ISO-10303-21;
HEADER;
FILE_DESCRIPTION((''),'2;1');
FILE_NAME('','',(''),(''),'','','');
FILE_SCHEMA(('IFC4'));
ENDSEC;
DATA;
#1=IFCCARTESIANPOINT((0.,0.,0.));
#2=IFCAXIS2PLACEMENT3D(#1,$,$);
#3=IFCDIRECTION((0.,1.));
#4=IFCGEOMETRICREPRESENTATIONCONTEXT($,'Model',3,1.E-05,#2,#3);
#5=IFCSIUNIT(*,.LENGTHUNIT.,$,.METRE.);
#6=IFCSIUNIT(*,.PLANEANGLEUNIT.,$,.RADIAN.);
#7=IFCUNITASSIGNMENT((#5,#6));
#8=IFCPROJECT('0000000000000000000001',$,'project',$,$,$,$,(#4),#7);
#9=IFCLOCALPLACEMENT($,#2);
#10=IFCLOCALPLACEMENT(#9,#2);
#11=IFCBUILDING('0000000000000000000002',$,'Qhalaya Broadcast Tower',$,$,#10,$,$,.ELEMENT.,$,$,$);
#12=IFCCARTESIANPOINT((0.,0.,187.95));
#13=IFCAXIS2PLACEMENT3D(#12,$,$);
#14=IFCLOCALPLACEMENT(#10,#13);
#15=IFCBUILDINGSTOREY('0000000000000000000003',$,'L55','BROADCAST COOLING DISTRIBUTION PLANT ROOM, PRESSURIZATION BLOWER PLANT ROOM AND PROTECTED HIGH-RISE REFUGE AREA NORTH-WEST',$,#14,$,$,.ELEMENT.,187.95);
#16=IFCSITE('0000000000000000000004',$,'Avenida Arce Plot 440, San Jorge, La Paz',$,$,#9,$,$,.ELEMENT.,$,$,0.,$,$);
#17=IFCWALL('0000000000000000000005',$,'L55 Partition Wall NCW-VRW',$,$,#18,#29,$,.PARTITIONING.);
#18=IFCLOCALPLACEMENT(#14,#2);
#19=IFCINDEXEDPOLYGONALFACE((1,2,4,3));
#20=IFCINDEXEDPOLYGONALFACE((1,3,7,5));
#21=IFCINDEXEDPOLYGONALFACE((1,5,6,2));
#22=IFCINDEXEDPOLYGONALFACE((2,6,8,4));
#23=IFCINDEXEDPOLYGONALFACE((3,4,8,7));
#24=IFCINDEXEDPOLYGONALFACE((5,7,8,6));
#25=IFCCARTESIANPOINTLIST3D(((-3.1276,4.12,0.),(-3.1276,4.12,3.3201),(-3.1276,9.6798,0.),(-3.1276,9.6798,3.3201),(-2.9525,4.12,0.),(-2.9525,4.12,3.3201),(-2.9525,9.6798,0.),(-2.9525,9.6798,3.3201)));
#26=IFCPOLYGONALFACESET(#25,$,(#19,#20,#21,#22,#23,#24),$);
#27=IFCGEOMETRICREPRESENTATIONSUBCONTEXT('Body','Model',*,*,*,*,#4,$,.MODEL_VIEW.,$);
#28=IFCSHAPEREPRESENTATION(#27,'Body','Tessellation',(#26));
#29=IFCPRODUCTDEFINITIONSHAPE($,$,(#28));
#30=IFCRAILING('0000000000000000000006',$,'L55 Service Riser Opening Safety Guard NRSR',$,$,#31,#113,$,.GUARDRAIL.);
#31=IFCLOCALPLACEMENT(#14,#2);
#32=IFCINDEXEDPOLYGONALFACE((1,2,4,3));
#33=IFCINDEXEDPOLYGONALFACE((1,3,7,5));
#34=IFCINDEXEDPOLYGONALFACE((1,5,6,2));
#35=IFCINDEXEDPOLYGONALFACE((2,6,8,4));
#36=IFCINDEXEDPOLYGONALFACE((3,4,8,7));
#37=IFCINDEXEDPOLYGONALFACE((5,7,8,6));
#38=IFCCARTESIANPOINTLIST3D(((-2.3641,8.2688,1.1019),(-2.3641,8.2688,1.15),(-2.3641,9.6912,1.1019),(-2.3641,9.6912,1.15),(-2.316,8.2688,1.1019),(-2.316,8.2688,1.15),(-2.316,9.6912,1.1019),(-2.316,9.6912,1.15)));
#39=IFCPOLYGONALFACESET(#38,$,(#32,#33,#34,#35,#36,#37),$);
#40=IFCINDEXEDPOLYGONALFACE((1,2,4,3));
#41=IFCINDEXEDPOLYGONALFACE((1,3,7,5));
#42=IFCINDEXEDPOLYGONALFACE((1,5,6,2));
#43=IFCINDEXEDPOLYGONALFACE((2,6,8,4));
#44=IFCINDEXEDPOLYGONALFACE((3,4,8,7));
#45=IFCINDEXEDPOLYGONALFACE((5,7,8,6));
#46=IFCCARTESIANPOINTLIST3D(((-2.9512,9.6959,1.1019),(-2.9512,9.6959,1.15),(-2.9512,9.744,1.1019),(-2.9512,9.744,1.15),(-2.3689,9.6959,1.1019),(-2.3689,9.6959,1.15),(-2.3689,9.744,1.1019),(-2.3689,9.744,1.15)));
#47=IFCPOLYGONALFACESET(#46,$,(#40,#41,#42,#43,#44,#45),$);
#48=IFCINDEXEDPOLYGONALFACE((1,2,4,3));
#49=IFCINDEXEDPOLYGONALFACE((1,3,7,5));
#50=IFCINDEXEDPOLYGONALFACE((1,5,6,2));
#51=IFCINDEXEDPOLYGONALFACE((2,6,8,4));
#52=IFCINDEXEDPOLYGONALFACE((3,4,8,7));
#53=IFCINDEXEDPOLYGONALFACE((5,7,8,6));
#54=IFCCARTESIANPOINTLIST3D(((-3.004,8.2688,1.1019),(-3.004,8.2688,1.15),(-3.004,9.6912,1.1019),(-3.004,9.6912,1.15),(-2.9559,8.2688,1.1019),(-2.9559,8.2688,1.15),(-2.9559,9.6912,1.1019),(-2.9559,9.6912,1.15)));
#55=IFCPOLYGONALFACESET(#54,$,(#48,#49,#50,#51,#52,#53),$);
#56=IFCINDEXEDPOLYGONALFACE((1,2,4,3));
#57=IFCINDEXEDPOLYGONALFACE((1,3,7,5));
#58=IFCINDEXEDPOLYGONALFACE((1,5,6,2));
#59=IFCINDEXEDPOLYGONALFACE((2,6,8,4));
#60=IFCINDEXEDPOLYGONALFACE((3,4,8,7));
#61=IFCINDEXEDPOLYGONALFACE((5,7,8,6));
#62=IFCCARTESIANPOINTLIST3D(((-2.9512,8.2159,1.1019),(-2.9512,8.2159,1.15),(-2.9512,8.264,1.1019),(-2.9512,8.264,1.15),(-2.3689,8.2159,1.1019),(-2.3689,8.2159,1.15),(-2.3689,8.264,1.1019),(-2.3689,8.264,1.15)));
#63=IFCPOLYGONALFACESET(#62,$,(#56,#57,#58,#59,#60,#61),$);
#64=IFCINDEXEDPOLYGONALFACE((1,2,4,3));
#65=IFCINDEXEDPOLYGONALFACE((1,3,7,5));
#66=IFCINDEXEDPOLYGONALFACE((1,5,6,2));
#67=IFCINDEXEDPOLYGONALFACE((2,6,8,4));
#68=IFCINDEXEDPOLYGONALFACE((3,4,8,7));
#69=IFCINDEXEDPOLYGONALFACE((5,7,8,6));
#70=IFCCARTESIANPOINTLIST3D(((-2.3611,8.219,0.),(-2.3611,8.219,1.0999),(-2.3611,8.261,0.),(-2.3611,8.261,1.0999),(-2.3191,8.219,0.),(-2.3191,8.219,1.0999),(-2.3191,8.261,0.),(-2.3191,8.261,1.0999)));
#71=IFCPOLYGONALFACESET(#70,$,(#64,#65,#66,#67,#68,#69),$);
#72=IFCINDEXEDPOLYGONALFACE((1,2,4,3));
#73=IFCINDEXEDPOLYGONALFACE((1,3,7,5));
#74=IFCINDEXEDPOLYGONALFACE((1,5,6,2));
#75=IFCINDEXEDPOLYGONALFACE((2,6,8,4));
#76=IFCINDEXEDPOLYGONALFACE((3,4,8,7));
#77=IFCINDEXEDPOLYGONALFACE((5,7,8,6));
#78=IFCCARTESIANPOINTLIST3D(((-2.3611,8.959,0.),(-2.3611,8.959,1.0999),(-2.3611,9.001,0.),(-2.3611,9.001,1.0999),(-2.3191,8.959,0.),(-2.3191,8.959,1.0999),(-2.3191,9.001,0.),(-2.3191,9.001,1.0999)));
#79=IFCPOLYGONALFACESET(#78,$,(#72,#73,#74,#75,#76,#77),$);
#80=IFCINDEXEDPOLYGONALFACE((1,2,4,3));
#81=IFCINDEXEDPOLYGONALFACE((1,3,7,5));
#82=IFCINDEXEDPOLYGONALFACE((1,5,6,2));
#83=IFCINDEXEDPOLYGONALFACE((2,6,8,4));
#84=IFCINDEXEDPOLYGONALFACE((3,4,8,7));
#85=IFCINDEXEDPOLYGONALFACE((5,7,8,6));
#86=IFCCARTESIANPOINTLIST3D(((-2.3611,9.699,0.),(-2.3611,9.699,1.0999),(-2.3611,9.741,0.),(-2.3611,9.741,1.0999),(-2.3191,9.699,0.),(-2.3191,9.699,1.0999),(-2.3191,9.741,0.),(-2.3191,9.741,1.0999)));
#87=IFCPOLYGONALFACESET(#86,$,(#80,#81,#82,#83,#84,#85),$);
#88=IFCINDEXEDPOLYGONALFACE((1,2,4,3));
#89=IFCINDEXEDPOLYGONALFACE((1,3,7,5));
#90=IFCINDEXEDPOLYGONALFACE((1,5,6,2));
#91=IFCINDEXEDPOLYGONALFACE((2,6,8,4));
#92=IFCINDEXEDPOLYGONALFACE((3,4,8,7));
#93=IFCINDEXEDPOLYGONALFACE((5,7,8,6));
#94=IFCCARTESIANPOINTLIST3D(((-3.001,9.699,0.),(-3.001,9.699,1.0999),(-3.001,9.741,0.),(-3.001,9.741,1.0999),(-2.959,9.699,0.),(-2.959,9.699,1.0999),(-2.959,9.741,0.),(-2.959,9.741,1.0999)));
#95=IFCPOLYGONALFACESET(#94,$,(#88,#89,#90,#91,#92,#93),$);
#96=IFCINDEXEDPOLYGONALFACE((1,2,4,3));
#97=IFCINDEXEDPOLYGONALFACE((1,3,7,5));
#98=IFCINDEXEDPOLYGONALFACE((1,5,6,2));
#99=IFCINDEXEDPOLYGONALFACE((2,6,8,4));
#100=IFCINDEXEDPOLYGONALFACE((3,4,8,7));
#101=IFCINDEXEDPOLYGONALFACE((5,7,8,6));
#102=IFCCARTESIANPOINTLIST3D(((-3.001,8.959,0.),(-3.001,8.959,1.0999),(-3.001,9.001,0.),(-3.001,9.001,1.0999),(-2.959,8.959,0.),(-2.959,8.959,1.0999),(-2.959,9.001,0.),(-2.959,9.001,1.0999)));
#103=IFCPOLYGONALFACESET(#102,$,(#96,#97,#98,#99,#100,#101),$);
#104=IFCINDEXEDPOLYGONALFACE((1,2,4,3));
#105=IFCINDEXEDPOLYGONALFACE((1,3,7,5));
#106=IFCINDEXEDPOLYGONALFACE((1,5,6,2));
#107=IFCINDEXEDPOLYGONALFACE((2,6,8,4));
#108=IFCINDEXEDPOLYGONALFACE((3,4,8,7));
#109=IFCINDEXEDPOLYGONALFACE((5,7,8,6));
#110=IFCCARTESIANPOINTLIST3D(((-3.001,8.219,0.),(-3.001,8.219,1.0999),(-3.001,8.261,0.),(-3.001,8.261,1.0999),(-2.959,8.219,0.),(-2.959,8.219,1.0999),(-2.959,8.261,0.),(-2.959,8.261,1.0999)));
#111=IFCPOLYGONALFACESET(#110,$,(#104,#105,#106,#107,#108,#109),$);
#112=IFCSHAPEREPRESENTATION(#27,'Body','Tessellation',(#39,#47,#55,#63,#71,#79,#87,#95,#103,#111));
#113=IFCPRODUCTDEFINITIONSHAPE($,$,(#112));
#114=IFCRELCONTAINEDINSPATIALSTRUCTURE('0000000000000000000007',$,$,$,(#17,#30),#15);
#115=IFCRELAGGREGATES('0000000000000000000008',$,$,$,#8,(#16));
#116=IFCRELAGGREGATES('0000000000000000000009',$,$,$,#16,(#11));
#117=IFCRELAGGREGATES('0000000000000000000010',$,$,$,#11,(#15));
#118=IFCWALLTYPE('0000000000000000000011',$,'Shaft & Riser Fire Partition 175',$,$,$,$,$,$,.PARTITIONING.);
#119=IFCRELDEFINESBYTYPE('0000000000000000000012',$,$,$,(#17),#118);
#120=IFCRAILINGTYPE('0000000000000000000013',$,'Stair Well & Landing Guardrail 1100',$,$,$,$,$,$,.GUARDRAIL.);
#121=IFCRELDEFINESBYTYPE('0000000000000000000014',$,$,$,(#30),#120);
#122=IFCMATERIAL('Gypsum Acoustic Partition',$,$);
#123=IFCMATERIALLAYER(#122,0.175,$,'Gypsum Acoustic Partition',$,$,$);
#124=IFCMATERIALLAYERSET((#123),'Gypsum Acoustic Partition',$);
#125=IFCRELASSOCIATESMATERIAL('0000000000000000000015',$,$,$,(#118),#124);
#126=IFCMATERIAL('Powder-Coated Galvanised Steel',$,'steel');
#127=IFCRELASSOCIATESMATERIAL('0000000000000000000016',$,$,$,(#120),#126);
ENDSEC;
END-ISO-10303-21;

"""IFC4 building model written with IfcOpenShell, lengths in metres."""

from ifc_helpers import new_model, si_unit, direction, frame, frame_2d, origin, origin_2d, place, context, subcontext, project, spatial, rectangle, extrude, material, layer, layer_set, type_object, element, save


model = new_model("IFC4")

# Units and contexts
model_context = context("Model", 3, precision=1e-05, world=origin(), true_north=direction((0.0, 1.0)))
body_context = subcontext(model_context, "Body", "Model", "MODEL_VIEW")
ifc_project = project(units=[si_unit("LENGTHUNIT", "METRE"), si_unit("PLANEANGLEUNIT", "RADIAN")], contexts=[model_context])

# Site, building, storey
site_placement = place(None, origin())
site = spatial("IfcSite", under=ifc_project, at=site_placement, Name="Avenida Arce Plot 440, San Jorge, La Paz", CompositionType="ELEMENT", RefElevation=0.0)
building_placement = place(site_placement, origin())
building = spatial("IfcBuilding", under=site, at=building_placement, Name="Qhalaya Broadcast Tower", CompositionType="ELEMENT")
storey_placement = place(building_placement, frame((0.0, 0.0, 187.95)))
storey = spatial("IfcBuildingStorey", under=building, at=storey_placement, Name="L55", Description="BROADCAST COOLING DISTRIBUTION PLANT ROOM, PRESSURIZATION BLOWER PLANT ROOM AND PROTECTED HIGH-RISE REFUGE AREA NORTH-WEST", CompositionType="ELEMENT", Elevation=187.95)

# Shared definitions
ifc_material_1 = material(Name="Gypsum Acoustic Partition")

# Wall
ifc_layer_1 = layer(ifc_material_1, 0.175, Name="Gypsum Acoustic Partition")
ifc_layer_set_1 = layer_set([ifc_layer_1], Name="Gypsum Acoustic Partition")
wall_type_1 = type_object("IfcWallType", Name="Shaft & Riser Fire Partition 175", PredefinedType="PARTITIONING", material=ifc_layer_set_1)
wall_1_placement = place(storey_placement, frame((-3.04, 4.1201, 0.0), z_axis=(0.0, 0.0, 1.0), x_axis=(0.0, 1.0, 0.0)))
element("IfcWall", 1, at=wall_1_placement, inside=storey, type_object=wall_type_1, Name="L55 Partition Wall NCW-VRW", PredefinedType="PARTITIONING", context=body_context, shape_type="SweptSolid", body=[
    extrude(rectangle(XDim=5.5598, YDim=0.175, at=frame_2d((2.7798, 0.0))), origin(), (0.0, 0.0, 1.0), 3.3201),
])

# Railing
ifc_material_2 = material(Name="Powder-Coated Galvanised Steel", Category="steel")
railing_type = type_object("IfcRailingType", Name="Stair Well & Landing Guardrail 1100", PredefinedType="GUARDRAIL", material=ifc_material_2)
railing_placement = place(storey_placement, frame((-2.3401, 8.24, 0.0)))
element("IfcRailing", 2, at=railing_placement, inside=storey, type_object=railing_type, Name="L55 Service Riser Opening Safety Guard NRSR", PredefinedType="GUARDRAIL", context=body_context, shape_type="SweptSolid", body=[
    extrude(rectangle(XDim=0.0481, YDim=0.0481, at=origin_2d()), frame((0.0, 0.0288, 1.126), z_axis=(0.0, 1.0, 0.0), x_axis=(-1.0, 0.0, 0.0)), (0.0, 0.0, 1.0), 1.4224),
    extrude(rectangle(XDim=0.0481, YDim=0.0481, at=origin_2d()), frame((-0.0288, 1.48, 1.126), z_axis=(-1.0, 0.0, 0.0), x_axis=(0.0, -1.0, 0.0)), (0.0, 0.0, 1.0), 0.5823),
    extrude(rectangle(XDim=0.0481, YDim=0.0481, at=origin_2d()), frame((-0.6399, 1.4512, 1.126), z_axis=(0.0, -1.0, 0.0), x_axis=(1.0, 0.0, 0.0)), (0.0, 0.0, 1.0), 1.4224),
    extrude(rectangle(XDim=0.0481, YDim=0.0481, at=origin_2d()), frame((-0.6111, 0.0, 1.126), z_axis=(1.0, 0.0, 0.0), x_axis=(0.0, 1.0, 0.0)), (0.0, 0.0, 1.0), 0.5823),
    extrude(rectangle(XDim=0.042, YDim=0.042, at=origin_2d()), origin(), (0.0, 0.0, 1.0), 1.0999),
    extrude(rectangle(XDim=0.042, YDim=0.042, at=origin_2d()), frame((0.0, 0.74, 0.0)), (0.0, 0.0, 1.0), 1.0999),
    extrude(rectangle(XDim=0.042, YDim=0.042, at=origin_2d()), frame((0.0, 1.48, 0.0)), (0.0, 0.0, 1.0), 1.0999),
    extrude(rectangle(XDim=0.042, YDim=0.042, at=origin_2d()), frame((-0.6399, 1.48, 0.0)), (0.0, 0.0, 1.0), 1.0999),
    extrude(rectangle(XDim=0.042, YDim=0.042, at=origin_2d()), frame((-0.6399, 0.74, 0.0)), (0.0, 0.0, 1.0), 1.0999),
    extrude(rectangle(XDim=0.042, YDim=0.042, at=origin_2d()), frame((-0.6399, 0.0, 0.0)), (0.0, 0.0, 1.0), 1.0999),
])

save(model, "model.ifc")
